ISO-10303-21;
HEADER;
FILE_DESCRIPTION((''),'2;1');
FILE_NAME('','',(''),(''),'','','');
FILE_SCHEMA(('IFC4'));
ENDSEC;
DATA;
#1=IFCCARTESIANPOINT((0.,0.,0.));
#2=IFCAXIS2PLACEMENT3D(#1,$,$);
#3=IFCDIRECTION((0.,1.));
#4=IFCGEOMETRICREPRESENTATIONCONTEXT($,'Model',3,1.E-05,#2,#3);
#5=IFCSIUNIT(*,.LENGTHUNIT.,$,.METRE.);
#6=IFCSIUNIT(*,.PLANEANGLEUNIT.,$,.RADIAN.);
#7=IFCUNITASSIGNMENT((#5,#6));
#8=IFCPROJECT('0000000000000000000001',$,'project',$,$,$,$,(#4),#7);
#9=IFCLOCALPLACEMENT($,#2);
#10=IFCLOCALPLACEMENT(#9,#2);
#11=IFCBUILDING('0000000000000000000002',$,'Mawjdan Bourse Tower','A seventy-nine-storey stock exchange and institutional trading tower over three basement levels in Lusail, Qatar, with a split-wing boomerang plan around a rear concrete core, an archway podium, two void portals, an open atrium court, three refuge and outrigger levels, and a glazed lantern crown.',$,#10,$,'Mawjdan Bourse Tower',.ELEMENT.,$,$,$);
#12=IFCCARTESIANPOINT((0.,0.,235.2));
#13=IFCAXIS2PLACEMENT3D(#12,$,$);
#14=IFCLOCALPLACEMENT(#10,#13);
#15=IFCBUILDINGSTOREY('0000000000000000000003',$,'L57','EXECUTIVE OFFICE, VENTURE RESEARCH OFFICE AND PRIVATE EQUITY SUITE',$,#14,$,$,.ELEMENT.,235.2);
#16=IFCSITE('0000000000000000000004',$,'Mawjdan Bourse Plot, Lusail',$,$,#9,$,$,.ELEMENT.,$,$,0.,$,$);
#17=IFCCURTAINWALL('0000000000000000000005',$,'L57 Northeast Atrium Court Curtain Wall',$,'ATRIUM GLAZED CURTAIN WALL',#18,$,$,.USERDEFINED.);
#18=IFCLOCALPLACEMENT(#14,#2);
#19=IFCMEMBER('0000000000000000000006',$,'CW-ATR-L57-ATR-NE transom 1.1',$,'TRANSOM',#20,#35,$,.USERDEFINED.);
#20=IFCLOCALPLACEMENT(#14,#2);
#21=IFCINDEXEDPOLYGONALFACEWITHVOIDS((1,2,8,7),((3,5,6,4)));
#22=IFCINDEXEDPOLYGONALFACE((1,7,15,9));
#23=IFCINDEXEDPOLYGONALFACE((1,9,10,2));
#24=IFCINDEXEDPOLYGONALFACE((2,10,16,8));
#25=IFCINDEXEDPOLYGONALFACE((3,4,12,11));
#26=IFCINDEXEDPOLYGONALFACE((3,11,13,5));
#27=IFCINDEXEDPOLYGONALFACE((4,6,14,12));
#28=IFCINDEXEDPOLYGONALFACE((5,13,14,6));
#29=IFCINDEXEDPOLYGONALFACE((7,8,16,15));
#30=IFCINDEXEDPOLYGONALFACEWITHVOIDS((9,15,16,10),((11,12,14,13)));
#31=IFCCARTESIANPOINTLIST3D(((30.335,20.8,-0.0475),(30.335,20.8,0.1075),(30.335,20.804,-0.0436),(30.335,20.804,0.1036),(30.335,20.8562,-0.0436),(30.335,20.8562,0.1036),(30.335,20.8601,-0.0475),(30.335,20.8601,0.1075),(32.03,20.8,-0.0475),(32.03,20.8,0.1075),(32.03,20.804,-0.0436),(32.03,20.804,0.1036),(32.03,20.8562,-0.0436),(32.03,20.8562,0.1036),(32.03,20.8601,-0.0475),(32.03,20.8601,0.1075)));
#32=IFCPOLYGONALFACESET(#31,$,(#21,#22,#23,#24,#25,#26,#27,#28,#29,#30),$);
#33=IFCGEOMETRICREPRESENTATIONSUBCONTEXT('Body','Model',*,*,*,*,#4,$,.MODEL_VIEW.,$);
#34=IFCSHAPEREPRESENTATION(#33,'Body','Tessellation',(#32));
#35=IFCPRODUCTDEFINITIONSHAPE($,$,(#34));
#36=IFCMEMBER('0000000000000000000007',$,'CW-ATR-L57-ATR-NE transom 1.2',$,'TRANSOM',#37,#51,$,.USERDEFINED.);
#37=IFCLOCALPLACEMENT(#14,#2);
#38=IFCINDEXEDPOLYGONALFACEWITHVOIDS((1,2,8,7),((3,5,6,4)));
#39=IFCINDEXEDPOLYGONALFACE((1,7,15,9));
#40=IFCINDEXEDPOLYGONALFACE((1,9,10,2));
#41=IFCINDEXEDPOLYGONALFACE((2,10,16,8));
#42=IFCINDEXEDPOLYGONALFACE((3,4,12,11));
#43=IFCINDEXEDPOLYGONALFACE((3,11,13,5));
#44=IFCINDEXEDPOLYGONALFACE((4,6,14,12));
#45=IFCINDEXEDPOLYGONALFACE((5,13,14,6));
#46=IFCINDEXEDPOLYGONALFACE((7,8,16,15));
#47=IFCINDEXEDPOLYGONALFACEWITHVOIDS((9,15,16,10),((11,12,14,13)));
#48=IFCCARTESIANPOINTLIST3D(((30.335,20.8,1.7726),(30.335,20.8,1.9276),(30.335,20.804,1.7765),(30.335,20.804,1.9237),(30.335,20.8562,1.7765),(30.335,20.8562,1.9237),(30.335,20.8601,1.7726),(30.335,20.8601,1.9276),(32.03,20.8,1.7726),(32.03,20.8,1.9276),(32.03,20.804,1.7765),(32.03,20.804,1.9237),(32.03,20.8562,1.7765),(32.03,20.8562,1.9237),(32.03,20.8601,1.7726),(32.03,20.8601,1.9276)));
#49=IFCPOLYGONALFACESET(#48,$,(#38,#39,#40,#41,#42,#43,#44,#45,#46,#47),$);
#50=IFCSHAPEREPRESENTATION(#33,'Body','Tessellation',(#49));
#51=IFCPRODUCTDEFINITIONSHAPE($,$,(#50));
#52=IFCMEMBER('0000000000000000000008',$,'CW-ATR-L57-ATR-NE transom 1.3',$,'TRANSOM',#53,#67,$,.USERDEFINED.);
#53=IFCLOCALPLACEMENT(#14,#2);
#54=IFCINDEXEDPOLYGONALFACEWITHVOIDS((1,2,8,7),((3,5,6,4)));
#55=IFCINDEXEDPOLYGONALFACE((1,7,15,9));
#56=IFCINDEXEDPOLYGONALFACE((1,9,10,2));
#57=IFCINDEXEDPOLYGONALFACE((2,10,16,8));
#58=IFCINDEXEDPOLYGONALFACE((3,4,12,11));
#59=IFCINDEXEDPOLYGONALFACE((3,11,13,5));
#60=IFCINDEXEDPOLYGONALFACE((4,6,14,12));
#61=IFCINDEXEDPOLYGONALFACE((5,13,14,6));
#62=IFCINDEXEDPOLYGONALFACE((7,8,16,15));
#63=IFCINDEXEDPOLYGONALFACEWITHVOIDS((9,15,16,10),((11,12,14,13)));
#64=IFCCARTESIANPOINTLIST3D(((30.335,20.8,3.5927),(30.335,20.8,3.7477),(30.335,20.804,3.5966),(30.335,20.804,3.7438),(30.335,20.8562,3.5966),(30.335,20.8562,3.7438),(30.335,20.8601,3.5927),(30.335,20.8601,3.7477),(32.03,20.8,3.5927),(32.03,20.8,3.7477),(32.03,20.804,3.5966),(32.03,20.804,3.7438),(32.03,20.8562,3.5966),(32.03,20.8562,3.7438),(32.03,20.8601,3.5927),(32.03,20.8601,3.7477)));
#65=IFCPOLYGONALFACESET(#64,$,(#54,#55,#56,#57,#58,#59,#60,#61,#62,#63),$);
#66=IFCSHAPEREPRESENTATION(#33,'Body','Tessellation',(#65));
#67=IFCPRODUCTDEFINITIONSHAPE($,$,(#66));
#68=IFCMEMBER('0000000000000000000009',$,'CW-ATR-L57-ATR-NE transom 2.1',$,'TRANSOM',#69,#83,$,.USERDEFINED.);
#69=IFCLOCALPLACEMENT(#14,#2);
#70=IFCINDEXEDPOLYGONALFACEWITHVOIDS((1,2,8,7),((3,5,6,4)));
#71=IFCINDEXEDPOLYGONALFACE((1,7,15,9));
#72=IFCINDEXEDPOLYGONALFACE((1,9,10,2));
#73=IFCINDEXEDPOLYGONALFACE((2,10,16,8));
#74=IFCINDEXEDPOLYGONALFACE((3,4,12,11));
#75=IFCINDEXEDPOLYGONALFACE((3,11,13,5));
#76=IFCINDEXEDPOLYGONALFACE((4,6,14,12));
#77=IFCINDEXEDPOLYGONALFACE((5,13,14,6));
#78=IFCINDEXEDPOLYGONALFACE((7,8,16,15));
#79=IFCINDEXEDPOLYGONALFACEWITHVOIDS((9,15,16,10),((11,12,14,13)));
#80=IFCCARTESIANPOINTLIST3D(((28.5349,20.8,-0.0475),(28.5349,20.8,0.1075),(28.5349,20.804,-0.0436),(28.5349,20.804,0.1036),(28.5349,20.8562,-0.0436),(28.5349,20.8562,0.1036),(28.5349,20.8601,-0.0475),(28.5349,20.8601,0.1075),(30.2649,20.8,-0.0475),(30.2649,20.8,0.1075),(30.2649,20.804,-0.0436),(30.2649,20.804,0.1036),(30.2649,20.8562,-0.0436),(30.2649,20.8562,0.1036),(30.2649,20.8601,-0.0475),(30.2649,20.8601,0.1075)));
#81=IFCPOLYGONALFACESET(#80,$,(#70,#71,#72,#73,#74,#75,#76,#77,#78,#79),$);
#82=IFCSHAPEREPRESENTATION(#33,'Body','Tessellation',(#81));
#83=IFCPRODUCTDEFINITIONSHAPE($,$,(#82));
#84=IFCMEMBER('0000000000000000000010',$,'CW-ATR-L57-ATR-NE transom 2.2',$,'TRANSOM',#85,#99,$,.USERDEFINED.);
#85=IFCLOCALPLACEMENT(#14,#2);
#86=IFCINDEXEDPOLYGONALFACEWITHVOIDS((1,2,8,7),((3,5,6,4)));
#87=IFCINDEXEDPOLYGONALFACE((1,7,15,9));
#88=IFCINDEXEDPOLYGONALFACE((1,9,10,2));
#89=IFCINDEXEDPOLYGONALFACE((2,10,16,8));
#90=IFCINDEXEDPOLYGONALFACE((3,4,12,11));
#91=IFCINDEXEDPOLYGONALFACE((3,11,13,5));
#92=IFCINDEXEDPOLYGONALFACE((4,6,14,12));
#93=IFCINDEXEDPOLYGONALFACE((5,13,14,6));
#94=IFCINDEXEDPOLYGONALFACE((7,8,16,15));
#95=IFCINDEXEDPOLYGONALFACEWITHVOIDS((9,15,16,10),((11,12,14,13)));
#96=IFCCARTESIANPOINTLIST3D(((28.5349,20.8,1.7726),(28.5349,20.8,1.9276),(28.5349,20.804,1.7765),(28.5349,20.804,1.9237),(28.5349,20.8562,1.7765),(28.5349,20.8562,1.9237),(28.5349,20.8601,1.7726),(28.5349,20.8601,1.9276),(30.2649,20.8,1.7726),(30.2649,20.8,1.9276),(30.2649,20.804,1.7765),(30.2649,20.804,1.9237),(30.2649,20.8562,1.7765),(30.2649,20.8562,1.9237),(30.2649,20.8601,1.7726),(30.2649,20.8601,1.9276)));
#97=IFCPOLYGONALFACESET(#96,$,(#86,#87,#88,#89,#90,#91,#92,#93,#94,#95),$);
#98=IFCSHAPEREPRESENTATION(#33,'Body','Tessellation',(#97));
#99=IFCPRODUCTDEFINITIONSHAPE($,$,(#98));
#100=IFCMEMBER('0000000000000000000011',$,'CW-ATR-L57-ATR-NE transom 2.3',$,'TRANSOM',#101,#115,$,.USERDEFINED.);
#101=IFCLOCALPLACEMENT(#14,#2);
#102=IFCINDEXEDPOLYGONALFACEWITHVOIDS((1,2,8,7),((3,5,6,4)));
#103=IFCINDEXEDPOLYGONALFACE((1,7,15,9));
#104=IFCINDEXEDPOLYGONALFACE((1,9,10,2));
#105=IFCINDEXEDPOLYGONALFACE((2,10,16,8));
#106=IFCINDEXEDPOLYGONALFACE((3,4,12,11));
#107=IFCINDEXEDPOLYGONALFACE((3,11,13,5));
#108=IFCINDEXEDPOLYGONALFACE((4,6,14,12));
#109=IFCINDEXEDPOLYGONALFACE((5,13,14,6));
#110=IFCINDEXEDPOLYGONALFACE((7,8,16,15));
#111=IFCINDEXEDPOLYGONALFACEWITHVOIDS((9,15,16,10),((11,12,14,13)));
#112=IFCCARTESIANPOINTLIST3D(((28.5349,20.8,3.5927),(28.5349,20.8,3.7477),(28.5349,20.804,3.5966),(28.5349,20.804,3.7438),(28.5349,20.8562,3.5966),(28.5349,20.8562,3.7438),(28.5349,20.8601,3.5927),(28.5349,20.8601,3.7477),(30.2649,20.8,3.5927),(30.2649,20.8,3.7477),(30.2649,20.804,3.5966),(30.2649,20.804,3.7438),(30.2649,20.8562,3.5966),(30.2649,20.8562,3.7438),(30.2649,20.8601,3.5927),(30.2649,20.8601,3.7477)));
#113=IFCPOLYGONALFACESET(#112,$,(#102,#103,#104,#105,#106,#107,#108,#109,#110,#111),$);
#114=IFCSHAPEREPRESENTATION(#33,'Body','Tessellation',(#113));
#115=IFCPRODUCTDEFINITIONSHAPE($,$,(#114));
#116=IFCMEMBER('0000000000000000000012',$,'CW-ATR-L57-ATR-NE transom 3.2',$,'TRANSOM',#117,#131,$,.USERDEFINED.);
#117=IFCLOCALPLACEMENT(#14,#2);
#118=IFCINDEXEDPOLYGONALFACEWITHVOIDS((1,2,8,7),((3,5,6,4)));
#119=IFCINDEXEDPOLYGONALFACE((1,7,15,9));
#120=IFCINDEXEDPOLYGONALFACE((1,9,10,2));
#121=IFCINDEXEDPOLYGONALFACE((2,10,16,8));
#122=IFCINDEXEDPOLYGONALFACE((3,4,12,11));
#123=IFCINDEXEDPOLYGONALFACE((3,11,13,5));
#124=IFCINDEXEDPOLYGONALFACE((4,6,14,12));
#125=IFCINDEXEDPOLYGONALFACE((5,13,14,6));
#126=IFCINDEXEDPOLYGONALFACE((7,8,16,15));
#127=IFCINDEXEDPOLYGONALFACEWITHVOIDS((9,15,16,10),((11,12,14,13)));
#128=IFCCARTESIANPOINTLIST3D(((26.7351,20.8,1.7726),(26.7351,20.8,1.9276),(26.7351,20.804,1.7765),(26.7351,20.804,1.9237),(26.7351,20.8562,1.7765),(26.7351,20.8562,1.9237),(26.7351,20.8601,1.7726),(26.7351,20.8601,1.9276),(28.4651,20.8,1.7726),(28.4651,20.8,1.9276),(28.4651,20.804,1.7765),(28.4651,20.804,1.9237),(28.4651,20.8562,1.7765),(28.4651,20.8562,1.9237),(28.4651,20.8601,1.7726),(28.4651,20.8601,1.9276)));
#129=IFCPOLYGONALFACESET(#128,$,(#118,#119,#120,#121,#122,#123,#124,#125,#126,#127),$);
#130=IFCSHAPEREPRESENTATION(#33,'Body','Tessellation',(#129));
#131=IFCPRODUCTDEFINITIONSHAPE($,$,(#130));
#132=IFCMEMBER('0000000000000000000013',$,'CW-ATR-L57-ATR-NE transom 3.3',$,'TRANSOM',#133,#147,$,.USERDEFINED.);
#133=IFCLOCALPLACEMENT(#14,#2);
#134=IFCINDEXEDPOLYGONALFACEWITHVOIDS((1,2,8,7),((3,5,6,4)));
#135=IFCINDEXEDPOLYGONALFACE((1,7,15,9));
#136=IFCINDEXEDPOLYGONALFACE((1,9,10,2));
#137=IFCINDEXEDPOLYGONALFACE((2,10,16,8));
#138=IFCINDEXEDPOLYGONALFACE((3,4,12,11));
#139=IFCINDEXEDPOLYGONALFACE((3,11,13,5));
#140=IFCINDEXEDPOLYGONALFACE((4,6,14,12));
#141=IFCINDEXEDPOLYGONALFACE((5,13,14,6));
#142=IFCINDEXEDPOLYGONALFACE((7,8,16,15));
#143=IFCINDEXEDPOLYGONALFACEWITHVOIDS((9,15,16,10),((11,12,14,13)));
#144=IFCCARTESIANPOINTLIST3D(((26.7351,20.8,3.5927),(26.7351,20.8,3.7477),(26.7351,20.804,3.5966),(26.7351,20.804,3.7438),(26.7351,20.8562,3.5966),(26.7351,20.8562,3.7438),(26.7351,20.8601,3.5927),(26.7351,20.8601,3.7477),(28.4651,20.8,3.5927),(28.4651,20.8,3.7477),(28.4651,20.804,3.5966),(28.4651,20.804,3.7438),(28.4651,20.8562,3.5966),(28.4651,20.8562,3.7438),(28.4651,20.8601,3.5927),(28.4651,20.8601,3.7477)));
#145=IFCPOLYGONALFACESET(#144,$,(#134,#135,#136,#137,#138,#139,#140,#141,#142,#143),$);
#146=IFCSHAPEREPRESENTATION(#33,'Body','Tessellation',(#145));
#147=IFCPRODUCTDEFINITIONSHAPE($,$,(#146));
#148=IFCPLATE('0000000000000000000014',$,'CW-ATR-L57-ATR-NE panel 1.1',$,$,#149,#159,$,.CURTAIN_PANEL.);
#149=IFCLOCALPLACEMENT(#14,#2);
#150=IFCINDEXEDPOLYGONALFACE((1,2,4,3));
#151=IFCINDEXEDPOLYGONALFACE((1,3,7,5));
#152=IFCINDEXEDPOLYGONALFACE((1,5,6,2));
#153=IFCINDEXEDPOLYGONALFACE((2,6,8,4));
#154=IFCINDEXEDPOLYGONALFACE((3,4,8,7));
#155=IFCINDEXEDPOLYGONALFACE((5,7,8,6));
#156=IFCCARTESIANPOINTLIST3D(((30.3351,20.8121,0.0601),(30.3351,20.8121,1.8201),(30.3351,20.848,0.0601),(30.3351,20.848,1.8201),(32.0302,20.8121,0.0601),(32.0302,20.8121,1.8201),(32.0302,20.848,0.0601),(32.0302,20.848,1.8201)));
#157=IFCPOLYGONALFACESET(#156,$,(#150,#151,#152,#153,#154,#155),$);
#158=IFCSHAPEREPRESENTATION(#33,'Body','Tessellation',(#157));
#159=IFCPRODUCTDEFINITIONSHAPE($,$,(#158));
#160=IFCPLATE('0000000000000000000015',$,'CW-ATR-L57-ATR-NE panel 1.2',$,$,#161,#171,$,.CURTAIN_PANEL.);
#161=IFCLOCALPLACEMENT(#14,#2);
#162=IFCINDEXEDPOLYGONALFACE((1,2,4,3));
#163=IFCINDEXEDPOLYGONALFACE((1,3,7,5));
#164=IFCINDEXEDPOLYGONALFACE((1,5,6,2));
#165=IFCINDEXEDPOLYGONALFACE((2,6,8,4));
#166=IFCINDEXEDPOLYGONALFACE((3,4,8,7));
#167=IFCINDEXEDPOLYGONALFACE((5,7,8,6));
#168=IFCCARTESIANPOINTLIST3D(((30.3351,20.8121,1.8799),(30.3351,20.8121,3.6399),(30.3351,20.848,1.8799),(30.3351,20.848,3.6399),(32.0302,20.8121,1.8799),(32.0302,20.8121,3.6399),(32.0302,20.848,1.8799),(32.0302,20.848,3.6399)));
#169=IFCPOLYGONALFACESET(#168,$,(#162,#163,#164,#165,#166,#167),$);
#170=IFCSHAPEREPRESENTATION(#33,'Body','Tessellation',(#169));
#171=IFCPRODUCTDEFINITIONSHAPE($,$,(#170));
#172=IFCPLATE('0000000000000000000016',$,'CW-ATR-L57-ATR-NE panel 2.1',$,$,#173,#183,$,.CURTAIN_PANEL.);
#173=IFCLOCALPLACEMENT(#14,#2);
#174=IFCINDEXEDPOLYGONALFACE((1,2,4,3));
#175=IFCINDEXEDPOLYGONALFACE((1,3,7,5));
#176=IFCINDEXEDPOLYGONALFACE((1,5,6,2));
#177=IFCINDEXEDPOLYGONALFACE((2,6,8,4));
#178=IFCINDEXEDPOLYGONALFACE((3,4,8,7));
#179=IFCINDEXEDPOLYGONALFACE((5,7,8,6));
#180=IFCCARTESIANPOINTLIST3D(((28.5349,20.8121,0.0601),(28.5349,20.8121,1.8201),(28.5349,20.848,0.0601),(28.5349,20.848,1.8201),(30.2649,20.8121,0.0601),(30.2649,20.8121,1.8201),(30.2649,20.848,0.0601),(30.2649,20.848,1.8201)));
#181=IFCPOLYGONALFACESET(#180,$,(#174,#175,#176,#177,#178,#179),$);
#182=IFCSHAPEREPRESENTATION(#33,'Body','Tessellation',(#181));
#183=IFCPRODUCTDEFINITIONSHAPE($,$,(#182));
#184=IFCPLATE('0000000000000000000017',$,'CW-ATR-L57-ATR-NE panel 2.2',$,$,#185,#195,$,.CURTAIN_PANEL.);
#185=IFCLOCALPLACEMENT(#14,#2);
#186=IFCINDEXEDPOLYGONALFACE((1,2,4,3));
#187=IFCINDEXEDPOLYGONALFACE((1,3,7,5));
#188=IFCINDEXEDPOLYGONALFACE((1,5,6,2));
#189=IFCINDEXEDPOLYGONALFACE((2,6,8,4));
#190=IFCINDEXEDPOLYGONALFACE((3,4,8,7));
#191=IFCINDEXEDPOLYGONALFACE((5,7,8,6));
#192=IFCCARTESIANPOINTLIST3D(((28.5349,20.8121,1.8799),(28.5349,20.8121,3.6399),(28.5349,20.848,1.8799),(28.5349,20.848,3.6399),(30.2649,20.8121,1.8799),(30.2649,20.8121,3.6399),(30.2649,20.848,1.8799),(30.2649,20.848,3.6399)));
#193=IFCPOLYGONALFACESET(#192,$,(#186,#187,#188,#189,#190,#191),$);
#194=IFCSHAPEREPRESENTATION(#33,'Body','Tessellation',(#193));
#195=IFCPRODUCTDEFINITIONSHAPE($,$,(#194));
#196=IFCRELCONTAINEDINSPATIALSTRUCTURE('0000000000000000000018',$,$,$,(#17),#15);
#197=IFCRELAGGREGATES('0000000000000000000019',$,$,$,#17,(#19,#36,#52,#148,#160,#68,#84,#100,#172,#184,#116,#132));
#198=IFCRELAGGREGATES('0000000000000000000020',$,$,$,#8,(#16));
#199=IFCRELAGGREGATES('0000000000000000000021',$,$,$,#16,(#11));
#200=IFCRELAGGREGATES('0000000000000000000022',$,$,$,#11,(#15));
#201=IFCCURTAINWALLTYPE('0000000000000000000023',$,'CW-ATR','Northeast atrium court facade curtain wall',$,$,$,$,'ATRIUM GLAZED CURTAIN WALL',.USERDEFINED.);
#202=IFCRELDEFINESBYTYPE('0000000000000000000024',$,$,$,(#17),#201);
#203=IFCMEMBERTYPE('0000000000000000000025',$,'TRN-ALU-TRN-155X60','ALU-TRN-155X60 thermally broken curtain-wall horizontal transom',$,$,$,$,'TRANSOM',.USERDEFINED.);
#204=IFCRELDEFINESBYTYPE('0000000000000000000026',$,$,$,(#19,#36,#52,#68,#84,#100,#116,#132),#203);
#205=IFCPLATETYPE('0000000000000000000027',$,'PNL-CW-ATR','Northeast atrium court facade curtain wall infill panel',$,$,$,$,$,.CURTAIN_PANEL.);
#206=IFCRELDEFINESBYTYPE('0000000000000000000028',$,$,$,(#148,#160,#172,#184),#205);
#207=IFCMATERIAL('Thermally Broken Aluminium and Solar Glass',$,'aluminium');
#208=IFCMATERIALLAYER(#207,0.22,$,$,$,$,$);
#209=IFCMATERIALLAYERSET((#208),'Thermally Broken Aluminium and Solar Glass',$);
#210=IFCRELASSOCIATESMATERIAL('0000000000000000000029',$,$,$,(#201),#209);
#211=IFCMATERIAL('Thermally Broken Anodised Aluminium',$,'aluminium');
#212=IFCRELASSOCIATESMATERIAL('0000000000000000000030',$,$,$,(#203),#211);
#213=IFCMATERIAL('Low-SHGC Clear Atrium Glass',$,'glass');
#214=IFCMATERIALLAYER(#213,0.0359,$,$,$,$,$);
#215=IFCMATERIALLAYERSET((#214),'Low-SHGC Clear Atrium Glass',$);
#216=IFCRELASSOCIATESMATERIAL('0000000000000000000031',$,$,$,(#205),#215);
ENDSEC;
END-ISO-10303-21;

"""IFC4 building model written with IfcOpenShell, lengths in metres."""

from ifc_helpers import new_model, si_unit, direction, frame, origin, origin_2d, place, context, subcontext, project, spatial, rectangle, hollow_rectangle, extrude, material, layer, layer_set, material_profile, profile_set, type_object, element, aggregate, save


model = new_model("IFC4")

# Units and contexts
model_context = context("Model", 3, precision=1e-05, world=origin(), true_north=direction((0.0, 1.0)))
body_context = subcontext(model_context, "Body", "Model", "MODEL_VIEW")
ifc_project = project(units=[si_unit("LENGTHUNIT", "METRE"), si_unit("PLANEANGLEUNIT", "RADIAN")], contexts=[model_context])

# Site, building, storey
site_placement = place(None, origin())
site = spatial("IfcSite", under=ifc_project, at=site_placement, Name="Mawjdan Bourse Plot, Lusail", CompositionType="ELEMENT", RefElevation=0.0)
building_placement = place(site_placement, origin())
building = spatial("IfcBuilding", under=site, at=building_placement, Name="Mawjdan Bourse Tower", Description="A seventy-nine-storey stock exchange and institutional trading tower over three basement levels in Lusail, Qatar, with a split-wing boomerang plan around a rear concrete core, an archway podium, two void portals, an open atrium court, three refuge and outrigger levels, and a glazed lantern crown.", LongName="Mawjdan Bourse Tower", CompositionType="ELEMENT")
storey_placement = place(building_placement, frame((0.0, 0.0, 235.2)))
storey = spatial("IfcBuildingStorey", under=building, at=storey_placement, Name="L57", Description="EXECUTIVE OFFICE, VENTURE RESEARCH OFFICE AND PRIVATE EQUITY SUITE", CompositionType="ELEMENT", Elevation=235.2)

# Curtain wall
ifc_material_1 = material(Name="Thermally Broken Aluminium and Solar Glass", Category="aluminium")
ifc_layer_1 = layer(ifc_material_1, 0.22)
ifc_layer_set_1 = layer_set([ifc_layer_1], Name="Thermally Broken Aluminium and Solar Glass")
curtain_wall_type = type_object("IfcCurtainWallType", Name="CW-ATR", Description="Northeast atrium court facade curtain wall", ElementType="ATRIUM GLAZED CURTAIN WALL", PredefinedType="USERDEFINED", material=ifc_layer_set_1)
curtain_wall_placement = place(storey_placement, origin())
curtain_wall = element("IfcCurtainWall", 1, at=curtain_wall_placement, inside=storey, type_object=curtain_wall_type, Name="L57 Northeast Atrium Court Curtain Wall", ObjectType="ATRIUM GLAZED CURTAIN WALL", PredefinedType="USERDEFINED")
ifc_material_2 = material(Name="Thermally Broken Anodised Aluminium", Category="aluminium")

# Members
ifc_material_profile_1 = material_profile(ifc_material_2, hollow_rectangle(XDim=0.0601, YDim=0.155, WallThickness=0.0039, at=origin_2d()), Name="ALU-TRN-155X60")
ifc_profile_set_1 = profile_set([ifc_material_profile_1], Name="Thermally Broken Anodised Aluminium")
member_type_1 = type_object("IfcMemberType", Name="TRN-ALU-TRN-155X60", Description="ALU-TRN-155X60 thermally broken curtain-wall horizontal transom", ElementType="TRANSOM", PredefinedType="USERDEFINED", material=ifc_profile_set_1)
member_1_placement = place(storey_placement, frame((32.03, 20.8301, 0.03), z_axis=(-1.0, 0.0, 0.0), x_axis=(0.0, -1.0, 0.0)))
member_1 = element("IfcMember", 2, at=member_1_placement, type_object=member_type_1, Name="CW-ATR-L57-ATR-NE transom 1.1", ObjectType="TRANSOM", PredefinedType="USERDEFINED", context=body_context, shape_type="SweptSolid", body=[
    extrude(hollow_rectangle(XDim=0.0601, YDim=0.155, WallThickness=0.0039, at=origin_2d()), origin(), (0.0, 0.0, 1.0), 1.6951),
])
member_2_placement = place(storey_placement, frame((32.03, 20.8301, 1.8501), z_axis=(-1.0, 0.0, 0.0), x_axis=(0.0, -1.0, 0.0)))
member_2 = element("IfcMember", 3, at=member_2_placement, type_object=member_type_1, Name="CW-ATR-L57-ATR-NE transom 1.2", ObjectType="TRANSOM", PredefinedType="USERDEFINED", context=body_context, shape_type="SweptSolid", body=[
    extrude(hollow_rectangle(XDim=0.0601, YDim=0.155, WallThickness=0.0039, at=origin_2d()), origin(), (0.0, 0.0, 1.0), 1.6951),
])
member_3_placement = place(storey_placement, frame((32.03, 20.8301, 3.6702), z_axis=(-1.0, 0.0, 0.0), x_axis=(0.0, -1.0, 0.0)))
member_3 = element("IfcMember", 4, at=member_3_placement, type_object=member_type_1, Name="CW-ATR-L57-ATR-NE transom 1.3", ObjectType="TRANSOM", PredefinedType="USERDEFINED", context=body_context, shape_type="SweptSolid", body=[
    extrude(hollow_rectangle(XDim=0.0601, YDim=0.155, WallThickness=0.0039, at=origin_2d()), origin(), (0.0, 0.0, 1.0), 1.6951),
])
member_4_placement = place(storey_placement, frame((30.2649, 20.8301, 0.03), z_axis=(-1.0, 0.0, 0.0), x_axis=(0.0, -1.0, 0.0)))
member_4 = element("IfcMember", 5, at=member_4_placement, type_object=member_type_1, Name="CW-ATR-L57-ATR-NE transom 2.1", ObjectType="TRANSOM", PredefinedType="USERDEFINED", context=body_context, shape_type="SweptSolid", body=[
    extrude(hollow_rectangle(XDim=0.0601, YDim=0.155, WallThickness=0.0039, at=origin_2d()), origin(), (0.0, 0.0, 1.0), 1.73),
])
member_5_placement = place(storey_placement, frame((30.2649, 20.8301, 1.8501), z_axis=(-1.0, 0.0, 0.0), x_axis=(0.0, -1.0, 0.0)))
member_5 = element("IfcMember", 6, at=member_5_placement, type_object=member_type_1, Name="CW-ATR-L57-ATR-NE transom 2.2", ObjectType="TRANSOM", PredefinedType="USERDEFINED", context=body_context, shape_type="SweptSolid", body=[
    extrude(hollow_rectangle(XDim=0.0601, YDim=0.155, WallThickness=0.0039, at=origin_2d()), origin(), (0.0, 0.0, 1.0), 1.73),
])
member_6_placement = place(storey_placement, frame((30.2649, 20.8301, 3.6702), z_axis=(-1.0, 0.0, 0.0), x_axis=(0.0, -1.0, 0.0)))
member_6 = element("IfcMember", 7, at=member_6_placement, type_object=member_type_1, Name="CW-ATR-L57-ATR-NE transom 2.3", ObjectType="TRANSOM", PredefinedType="USERDEFINED", context=body_context, shape_type="SweptSolid", body=[
    extrude(hollow_rectangle(XDim=0.0601, YDim=0.155, WallThickness=0.0039, at=origin_2d()), origin(), (0.0, 0.0, 1.0), 1.73),
])
member_7_placement = place(storey_placement, frame((28.4651, 20.8301, 1.8501), z_axis=(-1.0, 0.0, 0.0), x_axis=(0.0, -1.0, 0.0)))
member_7 = element("IfcMember", 8, at=member_7_placement, type_object=member_type_1, Name="CW-ATR-L57-ATR-NE transom 3.2", ObjectType="TRANSOM", PredefinedType="USERDEFINED", context=body_context, shape_type="SweptSolid", body=[
    extrude(hollow_rectangle(XDim=0.0601, YDim=0.155, WallThickness=0.0039, at=origin_2d()), origin(), (0.0, 0.0, 1.0), 1.73),
])
member_8_placement = place(storey_placement, frame((28.4651, 20.8301, 3.6702), z_axis=(-1.0, 0.0, 0.0), x_axis=(0.0, -1.0, 0.0)))
member_8 = element("IfcMember", 9, at=member_8_placement, type_object=member_type_1, Name="CW-ATR-L57-ATR-NE transom 3.3", ObjectType="TRANSOM", PredefinedType="USERDEFINED", context=body_context, shape_type="SweptSolid", body=[
    extrude(hollow_rectangle(XDim=0.0601, YDim=0.155, WallThickness=0.0039, at=origin_2d()), origin(), (0.0, 0.0, 1.0), 1.73),
])

# Plates
ifc_material_3 = material(Name="Low-SHGC Clear Atrium Glass", Category="glass")
ifc_layer_2 = layer(ifc_material_3, 0.0359)
ifc_layer_set_2 = layer_set([ifc_layer_2], Name="Low-SHGC Clear Atrium Glass")
plate_type = type_object("IfcPlateType", Name="PNL-CW-ATR", Description="Northeast atrium court facade curtain wall infill panel", PredefinedType="CURTAIN_PANEL", material=ifc_layer_set_2)
plate_1_placement = place(storey_placement, frame((31.1826, 20.8301, 0.0601), z_axis=(0.0, 0.0, 1.0), x_axis=(-1.0, 0.0, 0.0)))
plate_1 = element("IfcPlate", 10, at=plate_1_placement, type_object=plate_type, Name="CW-ATR-L57-ATR-NE panel 1.1", PredefinedType="CURTAIN_PANEL", context=body_context, shape_type="SweptSolid", body=[
    extrude(rectangle(XDim=1.6951, YDim=0.0359, at=origin_2d()), origin(), (0.0, 0.0, 1.0), 1.76),
])
plate_2_placement = place(storey_placement, frame((31.1826, 20.8301, 1.8799), z_axis=(0.0, 0.0, 1.0), x_axis=(-1.0, 0.0, 0.0)))
plate_2 = element("IfcPlate", 11, at=plate_2_placement, type_object=plate_type, Name="CW-ATR-L57-ATR-NE panel 1.2", PredefinedType="CURTAIN_PANEL", context=body_context, shape_type="SweptSolid", body=[
    extrude(rectangle(XDim=1.6951, YDim=0.0359, at=origin_2d()), origin(), (0.0, 0.0, 1.0), 1.76),
])
plate_3_placement = place(storey_placement, frame((29.3999, 20.8301, 0.0601), z_axis=(0.0, 0.0, 1.0), x_axis=(-1.0, 0.0, 0.0)))
plate_3 = element("IfcPlate", 12, at=plate_3_placement, type_object=plate_type, Name="CW-ATR-L57-ATR-NE panel 2.1", PredefinedType="CURTAIN_PANEL", context=body_context, shape_type="SweptSolid", body=[
    extrude(rectangle(XDim=1.73, YDim=0.0359, at=origin_2d()), origin(), (0.0, 0.0, 1.0), 1.76),
])
plate_4_placement = place(storey_placement, frame((29.3999, 20.8301, 1.8799), z_axis=(0.0, 0.0, 1.0), x_axis=(-1.0, 0.0, 0.0)))
plate_4 = element("IfcPlate", 13, at=plate_4_placement, type_object=plate_type, Name="CW-ATR-L57-ATR-NE panel 2.2", PredefinedType="CURTAIN_PANEL", context=body_context, shape_type="SweptSolid", body=[
    extrude(rectangle(XDim=1.73, YDim=0.0359, at=origin_2d()), origin(), (0.0, 0.0, 1.0), 1.76),
])
aggregate(curtain_wall, [member_1, member_2, member_3, plate_1, plate_2, member_4, member_5, member_6, plate_3, plate_4, member_7, member_8])

save(model, "model.ifc")
